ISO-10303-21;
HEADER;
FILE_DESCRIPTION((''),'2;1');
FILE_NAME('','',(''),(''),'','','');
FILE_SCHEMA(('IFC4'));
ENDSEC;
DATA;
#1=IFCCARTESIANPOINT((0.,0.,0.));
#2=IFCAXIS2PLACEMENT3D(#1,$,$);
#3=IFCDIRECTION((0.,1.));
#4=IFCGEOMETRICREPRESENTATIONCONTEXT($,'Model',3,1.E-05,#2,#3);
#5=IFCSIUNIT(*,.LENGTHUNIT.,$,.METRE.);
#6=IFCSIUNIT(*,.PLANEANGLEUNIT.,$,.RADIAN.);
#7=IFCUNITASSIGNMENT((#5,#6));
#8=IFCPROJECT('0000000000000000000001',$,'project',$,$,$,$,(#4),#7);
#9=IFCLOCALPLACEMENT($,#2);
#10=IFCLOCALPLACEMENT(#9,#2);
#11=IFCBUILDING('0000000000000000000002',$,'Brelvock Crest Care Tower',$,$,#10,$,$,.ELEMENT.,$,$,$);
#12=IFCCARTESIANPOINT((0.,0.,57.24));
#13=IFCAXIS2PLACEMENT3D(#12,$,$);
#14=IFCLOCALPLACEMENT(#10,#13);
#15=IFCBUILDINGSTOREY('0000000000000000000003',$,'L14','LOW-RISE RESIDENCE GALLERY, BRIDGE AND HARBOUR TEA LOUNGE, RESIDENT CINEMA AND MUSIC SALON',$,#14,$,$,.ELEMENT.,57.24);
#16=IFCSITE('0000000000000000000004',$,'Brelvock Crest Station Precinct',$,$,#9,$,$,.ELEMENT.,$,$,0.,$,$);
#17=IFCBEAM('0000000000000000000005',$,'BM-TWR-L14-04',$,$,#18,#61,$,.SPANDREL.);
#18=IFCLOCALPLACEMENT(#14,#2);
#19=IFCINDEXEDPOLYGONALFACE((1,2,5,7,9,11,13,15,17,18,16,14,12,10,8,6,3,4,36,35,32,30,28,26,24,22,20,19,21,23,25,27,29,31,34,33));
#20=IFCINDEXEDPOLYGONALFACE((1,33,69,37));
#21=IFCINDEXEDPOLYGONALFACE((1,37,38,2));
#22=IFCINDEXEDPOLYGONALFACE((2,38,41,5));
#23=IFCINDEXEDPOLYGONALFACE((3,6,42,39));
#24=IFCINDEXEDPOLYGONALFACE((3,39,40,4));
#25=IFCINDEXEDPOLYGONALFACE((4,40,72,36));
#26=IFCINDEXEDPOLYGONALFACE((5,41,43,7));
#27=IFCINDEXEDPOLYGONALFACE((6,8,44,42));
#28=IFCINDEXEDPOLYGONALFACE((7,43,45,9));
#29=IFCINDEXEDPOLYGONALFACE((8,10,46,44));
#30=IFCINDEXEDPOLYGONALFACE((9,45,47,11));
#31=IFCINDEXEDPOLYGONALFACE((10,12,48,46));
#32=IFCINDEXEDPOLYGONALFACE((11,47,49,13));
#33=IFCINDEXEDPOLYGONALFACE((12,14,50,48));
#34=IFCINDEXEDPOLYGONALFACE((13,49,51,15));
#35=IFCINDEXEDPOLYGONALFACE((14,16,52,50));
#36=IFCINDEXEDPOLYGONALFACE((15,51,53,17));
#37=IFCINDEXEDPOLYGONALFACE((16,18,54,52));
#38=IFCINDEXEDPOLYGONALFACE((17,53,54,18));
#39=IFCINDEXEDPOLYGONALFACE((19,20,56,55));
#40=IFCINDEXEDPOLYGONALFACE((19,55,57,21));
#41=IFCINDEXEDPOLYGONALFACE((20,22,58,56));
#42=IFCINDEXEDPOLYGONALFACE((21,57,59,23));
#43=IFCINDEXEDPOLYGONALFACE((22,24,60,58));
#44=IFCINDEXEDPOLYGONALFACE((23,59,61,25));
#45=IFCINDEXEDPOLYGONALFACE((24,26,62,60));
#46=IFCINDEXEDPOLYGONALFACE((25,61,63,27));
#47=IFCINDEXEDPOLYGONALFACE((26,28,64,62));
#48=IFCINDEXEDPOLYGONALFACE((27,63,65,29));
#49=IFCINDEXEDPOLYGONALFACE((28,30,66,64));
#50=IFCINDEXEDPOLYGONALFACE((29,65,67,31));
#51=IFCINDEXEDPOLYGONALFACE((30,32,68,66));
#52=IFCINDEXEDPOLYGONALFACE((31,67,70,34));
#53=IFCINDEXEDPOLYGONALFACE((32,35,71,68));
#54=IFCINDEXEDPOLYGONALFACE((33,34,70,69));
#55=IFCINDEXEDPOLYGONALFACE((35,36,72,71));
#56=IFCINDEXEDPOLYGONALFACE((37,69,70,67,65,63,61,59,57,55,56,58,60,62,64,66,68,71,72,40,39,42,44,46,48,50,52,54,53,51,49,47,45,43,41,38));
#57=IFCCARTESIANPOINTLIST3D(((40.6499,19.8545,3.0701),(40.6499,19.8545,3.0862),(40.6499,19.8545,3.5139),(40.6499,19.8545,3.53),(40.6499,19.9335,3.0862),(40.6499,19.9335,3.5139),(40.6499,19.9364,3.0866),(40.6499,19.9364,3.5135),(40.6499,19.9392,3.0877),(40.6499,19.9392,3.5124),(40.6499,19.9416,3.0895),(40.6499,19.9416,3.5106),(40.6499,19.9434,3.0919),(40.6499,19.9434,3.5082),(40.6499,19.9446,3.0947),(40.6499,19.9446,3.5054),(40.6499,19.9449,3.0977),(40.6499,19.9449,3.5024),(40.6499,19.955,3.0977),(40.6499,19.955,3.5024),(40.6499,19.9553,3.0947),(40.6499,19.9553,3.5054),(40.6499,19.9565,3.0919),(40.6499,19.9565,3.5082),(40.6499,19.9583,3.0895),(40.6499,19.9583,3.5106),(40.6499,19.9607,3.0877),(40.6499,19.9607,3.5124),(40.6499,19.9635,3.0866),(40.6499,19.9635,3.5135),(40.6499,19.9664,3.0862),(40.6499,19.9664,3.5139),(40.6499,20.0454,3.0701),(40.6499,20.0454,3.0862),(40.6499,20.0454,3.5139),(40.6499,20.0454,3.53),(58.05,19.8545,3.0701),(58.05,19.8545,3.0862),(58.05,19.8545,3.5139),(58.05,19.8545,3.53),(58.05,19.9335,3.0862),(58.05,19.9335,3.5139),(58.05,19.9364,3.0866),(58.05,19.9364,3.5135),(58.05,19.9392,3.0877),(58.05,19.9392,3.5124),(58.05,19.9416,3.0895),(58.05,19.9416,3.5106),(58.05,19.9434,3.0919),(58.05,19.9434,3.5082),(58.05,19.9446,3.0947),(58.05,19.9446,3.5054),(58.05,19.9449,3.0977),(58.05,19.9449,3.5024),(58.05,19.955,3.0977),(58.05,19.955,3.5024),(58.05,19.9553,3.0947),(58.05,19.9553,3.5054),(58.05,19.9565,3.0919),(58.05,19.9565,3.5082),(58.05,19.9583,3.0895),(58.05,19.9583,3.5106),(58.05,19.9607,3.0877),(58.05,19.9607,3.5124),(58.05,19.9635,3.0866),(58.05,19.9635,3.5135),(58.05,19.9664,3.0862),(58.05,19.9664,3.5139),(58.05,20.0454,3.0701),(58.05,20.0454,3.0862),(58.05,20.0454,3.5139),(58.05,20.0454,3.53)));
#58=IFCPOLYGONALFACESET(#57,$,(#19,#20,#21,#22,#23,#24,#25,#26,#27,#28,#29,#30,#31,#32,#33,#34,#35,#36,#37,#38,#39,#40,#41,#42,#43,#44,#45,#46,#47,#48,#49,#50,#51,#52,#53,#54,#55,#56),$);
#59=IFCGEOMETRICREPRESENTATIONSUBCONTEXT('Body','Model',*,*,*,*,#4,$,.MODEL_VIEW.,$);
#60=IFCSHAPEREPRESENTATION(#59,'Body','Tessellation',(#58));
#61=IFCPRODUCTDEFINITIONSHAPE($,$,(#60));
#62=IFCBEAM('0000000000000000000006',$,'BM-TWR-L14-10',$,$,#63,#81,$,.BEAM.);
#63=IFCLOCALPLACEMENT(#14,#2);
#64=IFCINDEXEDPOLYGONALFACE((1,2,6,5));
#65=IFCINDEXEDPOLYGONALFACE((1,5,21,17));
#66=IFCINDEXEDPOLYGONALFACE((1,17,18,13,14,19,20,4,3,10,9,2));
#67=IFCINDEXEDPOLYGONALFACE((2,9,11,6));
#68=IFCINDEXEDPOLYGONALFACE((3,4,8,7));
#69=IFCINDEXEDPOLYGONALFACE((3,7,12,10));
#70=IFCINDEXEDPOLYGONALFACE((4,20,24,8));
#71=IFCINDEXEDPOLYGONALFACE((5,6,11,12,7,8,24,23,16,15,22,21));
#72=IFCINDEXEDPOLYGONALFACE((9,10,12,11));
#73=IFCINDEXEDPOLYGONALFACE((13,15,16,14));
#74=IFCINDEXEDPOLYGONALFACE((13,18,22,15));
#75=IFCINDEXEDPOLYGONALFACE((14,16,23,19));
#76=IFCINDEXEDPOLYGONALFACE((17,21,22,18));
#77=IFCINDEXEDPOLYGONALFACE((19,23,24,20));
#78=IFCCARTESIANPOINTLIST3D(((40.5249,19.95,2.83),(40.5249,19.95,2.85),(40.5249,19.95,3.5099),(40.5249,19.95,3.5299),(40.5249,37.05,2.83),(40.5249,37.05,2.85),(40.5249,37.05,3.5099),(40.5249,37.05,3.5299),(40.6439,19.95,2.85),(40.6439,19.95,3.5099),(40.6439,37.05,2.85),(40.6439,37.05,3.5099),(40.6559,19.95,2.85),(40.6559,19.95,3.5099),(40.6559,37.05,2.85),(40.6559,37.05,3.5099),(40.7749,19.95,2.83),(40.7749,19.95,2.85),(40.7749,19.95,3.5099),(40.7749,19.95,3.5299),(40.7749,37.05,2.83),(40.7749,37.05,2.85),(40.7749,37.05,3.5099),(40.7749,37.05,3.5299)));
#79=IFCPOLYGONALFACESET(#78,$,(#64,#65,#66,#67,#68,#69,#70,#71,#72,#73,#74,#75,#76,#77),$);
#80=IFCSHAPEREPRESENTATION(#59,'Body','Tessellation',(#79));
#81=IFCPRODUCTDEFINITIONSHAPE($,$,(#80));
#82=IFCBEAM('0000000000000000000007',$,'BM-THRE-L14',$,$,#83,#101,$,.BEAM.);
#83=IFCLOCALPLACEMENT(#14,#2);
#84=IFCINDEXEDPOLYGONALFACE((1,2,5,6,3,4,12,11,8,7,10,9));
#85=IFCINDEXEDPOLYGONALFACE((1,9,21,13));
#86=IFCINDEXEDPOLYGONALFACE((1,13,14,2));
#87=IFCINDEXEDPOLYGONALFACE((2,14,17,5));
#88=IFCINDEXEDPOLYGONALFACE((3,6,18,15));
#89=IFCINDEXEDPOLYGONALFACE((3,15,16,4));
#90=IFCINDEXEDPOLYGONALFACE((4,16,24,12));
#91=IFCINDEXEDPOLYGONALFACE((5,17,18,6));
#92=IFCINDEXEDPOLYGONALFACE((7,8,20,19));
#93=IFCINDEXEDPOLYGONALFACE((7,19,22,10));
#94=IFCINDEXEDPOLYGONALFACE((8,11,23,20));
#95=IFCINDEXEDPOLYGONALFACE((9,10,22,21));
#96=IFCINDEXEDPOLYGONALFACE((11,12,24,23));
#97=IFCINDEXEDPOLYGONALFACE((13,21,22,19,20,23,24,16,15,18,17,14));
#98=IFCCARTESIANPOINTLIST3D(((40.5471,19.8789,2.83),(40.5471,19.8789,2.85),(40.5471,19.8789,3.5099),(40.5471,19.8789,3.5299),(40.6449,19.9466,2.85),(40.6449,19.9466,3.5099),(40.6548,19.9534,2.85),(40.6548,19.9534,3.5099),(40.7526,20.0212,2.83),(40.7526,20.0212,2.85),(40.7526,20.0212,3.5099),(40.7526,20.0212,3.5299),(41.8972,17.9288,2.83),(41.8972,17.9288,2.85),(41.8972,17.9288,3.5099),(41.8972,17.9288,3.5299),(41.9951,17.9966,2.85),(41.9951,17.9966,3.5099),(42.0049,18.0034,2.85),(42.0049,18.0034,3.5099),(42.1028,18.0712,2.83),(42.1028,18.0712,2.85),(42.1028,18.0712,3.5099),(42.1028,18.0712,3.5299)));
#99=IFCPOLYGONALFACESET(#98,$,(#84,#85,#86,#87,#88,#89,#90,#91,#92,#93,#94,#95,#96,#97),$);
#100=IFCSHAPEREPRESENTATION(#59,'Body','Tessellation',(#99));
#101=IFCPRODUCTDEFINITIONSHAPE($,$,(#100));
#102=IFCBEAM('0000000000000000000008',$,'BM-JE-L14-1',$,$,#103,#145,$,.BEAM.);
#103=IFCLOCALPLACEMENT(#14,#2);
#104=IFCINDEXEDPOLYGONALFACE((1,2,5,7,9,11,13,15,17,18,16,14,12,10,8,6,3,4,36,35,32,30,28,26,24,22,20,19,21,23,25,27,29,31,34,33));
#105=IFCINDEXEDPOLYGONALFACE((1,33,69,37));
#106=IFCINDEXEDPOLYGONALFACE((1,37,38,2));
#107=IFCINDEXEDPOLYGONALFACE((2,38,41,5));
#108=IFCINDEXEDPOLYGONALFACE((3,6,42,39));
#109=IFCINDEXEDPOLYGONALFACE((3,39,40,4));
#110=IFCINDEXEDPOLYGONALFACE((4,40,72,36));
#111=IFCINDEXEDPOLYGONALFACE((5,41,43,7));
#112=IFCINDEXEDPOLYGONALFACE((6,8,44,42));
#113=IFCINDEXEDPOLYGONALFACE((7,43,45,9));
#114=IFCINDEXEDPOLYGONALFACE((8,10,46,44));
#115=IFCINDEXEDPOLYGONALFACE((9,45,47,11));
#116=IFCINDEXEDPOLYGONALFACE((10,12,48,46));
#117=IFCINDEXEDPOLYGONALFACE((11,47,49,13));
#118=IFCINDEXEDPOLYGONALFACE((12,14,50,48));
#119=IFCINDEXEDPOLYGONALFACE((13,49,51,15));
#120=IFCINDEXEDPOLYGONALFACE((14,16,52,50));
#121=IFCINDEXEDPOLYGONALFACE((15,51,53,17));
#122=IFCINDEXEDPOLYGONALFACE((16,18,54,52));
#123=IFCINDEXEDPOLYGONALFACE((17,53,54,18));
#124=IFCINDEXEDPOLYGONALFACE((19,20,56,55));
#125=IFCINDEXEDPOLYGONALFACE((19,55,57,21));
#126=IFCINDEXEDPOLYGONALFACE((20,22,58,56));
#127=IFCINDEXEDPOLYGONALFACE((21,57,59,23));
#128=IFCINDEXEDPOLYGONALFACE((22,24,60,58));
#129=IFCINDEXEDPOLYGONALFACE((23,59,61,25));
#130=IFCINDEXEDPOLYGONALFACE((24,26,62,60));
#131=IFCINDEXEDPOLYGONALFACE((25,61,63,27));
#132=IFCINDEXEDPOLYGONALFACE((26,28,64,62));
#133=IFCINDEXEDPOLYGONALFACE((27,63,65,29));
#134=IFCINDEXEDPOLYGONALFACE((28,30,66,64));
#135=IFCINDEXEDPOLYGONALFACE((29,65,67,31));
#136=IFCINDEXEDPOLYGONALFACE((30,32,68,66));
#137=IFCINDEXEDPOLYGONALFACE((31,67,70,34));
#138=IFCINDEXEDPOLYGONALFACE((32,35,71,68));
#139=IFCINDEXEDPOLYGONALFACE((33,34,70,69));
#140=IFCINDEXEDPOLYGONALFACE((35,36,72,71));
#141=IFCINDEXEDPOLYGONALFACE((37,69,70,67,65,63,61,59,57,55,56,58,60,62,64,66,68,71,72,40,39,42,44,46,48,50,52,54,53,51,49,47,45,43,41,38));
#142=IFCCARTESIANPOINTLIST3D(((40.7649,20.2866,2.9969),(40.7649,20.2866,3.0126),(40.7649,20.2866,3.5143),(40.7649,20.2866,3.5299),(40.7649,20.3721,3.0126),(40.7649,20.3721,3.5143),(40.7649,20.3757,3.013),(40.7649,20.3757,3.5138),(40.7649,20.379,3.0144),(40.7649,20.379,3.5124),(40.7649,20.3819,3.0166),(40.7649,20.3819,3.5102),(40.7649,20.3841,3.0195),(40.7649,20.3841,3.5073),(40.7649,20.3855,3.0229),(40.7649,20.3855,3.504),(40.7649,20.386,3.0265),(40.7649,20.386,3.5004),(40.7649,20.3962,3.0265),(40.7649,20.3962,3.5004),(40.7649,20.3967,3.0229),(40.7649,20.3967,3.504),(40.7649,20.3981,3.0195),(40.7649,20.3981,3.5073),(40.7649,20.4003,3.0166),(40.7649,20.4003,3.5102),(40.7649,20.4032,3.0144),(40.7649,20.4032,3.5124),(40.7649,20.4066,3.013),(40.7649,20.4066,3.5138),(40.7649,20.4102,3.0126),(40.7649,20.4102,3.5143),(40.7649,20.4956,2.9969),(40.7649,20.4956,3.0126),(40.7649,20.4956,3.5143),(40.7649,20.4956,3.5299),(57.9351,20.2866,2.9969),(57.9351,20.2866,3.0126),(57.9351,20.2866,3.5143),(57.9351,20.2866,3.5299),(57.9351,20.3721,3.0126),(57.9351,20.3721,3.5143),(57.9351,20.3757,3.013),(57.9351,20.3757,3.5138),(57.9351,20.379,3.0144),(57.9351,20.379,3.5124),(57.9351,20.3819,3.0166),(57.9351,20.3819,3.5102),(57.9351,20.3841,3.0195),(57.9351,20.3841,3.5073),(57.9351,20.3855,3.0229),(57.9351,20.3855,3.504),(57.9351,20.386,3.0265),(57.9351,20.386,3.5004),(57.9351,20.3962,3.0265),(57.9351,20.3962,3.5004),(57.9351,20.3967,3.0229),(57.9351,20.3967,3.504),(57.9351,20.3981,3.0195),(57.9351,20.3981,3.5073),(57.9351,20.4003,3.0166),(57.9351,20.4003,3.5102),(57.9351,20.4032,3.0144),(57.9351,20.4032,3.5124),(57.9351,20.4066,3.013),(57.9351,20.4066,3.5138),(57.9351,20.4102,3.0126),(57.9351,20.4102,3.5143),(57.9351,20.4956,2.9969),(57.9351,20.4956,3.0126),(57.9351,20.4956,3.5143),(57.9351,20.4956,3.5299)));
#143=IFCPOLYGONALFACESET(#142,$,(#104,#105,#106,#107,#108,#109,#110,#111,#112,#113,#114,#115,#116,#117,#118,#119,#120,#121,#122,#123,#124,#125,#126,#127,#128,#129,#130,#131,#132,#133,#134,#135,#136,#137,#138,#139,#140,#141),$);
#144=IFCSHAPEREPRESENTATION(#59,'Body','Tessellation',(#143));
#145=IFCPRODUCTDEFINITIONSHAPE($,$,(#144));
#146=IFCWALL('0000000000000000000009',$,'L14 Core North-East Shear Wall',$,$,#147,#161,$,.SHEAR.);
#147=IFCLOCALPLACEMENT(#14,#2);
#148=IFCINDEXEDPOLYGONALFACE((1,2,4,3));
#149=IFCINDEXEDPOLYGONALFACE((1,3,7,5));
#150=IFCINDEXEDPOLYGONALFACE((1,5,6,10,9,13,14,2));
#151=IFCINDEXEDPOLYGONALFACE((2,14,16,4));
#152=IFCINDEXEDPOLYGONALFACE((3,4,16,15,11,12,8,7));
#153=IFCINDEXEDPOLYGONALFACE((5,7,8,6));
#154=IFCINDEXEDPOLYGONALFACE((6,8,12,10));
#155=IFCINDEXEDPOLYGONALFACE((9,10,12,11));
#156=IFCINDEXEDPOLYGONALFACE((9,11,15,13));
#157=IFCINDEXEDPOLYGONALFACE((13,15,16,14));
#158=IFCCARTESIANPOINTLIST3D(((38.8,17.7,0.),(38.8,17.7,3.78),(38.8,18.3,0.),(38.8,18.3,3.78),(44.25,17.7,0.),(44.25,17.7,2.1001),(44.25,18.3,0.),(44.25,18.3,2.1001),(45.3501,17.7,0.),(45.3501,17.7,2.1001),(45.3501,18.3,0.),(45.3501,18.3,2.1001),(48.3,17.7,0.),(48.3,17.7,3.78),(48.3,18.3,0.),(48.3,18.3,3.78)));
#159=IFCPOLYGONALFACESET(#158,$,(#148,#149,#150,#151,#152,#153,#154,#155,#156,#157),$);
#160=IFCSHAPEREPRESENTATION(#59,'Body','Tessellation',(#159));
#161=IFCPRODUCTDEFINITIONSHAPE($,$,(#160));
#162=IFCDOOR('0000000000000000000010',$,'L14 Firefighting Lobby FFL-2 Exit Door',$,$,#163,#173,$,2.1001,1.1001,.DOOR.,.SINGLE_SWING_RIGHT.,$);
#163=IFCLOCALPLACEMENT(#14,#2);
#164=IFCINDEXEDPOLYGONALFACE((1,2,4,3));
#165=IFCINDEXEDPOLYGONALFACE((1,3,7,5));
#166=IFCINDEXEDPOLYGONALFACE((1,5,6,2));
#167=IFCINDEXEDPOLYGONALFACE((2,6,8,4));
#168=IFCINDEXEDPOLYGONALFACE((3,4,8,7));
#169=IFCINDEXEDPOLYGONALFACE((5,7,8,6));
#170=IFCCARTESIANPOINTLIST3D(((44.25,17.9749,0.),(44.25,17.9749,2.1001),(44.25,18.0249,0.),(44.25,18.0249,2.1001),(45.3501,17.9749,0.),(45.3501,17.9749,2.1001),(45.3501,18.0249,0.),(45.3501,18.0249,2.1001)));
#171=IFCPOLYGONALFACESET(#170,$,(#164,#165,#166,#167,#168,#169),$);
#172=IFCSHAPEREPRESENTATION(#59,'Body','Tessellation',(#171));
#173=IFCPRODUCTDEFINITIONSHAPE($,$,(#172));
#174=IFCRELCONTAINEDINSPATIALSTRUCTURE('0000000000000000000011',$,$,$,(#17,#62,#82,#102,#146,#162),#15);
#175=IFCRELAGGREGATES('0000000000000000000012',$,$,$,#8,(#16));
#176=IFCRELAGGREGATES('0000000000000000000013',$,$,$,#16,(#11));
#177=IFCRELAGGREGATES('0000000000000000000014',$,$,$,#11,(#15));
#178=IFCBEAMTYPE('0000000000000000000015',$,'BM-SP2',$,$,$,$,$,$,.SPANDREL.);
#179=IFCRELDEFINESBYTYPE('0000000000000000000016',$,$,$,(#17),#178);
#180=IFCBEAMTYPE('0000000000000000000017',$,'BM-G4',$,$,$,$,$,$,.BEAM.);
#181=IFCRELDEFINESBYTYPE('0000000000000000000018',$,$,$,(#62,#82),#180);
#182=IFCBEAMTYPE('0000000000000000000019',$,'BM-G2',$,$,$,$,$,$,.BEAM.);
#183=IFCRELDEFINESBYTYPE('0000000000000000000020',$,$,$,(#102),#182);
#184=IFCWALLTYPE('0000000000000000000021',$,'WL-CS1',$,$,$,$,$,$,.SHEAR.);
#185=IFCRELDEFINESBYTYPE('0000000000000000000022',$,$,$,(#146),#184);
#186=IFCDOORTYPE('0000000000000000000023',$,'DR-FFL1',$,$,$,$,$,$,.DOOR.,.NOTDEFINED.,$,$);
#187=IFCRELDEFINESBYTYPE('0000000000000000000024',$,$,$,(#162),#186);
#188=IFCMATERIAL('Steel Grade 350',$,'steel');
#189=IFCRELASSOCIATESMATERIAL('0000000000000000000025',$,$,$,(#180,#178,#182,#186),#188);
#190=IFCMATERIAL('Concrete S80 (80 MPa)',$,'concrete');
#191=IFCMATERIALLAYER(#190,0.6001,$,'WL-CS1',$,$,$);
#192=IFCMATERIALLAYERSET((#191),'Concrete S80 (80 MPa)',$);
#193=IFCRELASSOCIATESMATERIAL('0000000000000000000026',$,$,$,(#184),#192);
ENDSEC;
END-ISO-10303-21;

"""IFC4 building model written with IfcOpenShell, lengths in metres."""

from ifc_helpers import new_model, si_unit, direction, frame, frame_2d, origin, origin_2d, place, context, subcontext, project, spatial, rectangle, i_section, extrude, source, transform, mapped, material, layer, layer_set, material_profile, profile_set, type_object, element, fill, save


model = new_model("IFC4")

# Units and contexts
model_context = context("Model", 3, precision=1e-05, world=origin(), true_north=direction((0.0, 1.0)))
body_context = subcontext(model_context, "Body", "Model", "MODEL_VIEW")
ifc_project = project(units=[si_unit("LENGTHUNIT", "METRE"), si_unit("PLANEANGLEUNIT", "RADIAN")], contexts=[model_context])

# Site, building, storey
site_placement = place(None, origin())
site = spatial("IfcSite", under=ifc_project, at=site_placement, Name="Brelvock Crest Station Precinct", CompositionType="ELEMENT", RefElevation=0.0)
building_placement = place(site_placement, origin())
building = spatial("IfcBuilding", under=site, at=building_placement, Name="Brelvock Crest Care Tower", CompositionType="ELEMENT")
storey_placement = place(building_placement, frame((0.0, 0.0, 57.24)))
storey = spatial("IfcBuildingStorey", under=building, at=storey_placement, Name="L14", Description="LOW-RISE RESIDENCE GALLERY, BRIDGE AND HARBOUR TEA LOUNGE, RESIDENT CINEMA AND MUSIC SALON", CompositionType="ELEMENT", Elevation=57.24)

# Shared definitions
ifc_material_1 = material(Name="Concrete S80 (80 MPa)", Category="concrete")
ifc_material_2 = material(Name="Steel Grade 350", Category="steel")

# Beams
ifc_material_profile_1 = material_profile(ifc_material_2, i_section(OverallWidth=0.25, OverallDepth=0.7, WebThickness=0.012, FlangeThickness=0.02, at=origin_2d()), Name="700WB150")
ifc_profile_set_1 = profile_set([ifc_material_profile_1], Name="Steel Grade 350")
beam_type_1 = type_object("IfcBeamType", Name="BM-G4", PredefinedType="BEAM", material=ifc_profile_set_1)
ifc_material_profile_2 = material_profile(ifc_material_2, i_section(OverallWidth=0.1909, OverallDepth=0.46, WebThickness=0.01, FlangeThickness=0.0161, FilletRadius=0.0115, at=origin_2d()), Name="460UB82.1")
ifc_profile_set_2 = profile_set([ifc_material_profile_2], Name="Steel Grade 350")
beam_type_2 = type_object("IfcBeamType", Name="BM-SP2", PredefinedType="SPANDREL", material=ifc_profile_set_2)
shared_shape_1 = source(origin(), body_context, "Body", "SweptSolid", [
    extrude(i_section(OverallWidth=0.1909, OverallDepth=0.46, WebThickness=0.01, FlangeThickness=0.0161, FilletRadius=0.0115, at=origin_2d()), origin(), (0.0, 0.0, 1.0), 17.4001),
])
beam_1_placement = place(storey_placement, frame((40.6499, 19.95, 3.3), z_axis=(1.0, 0.0, 0.0), x_axis=(0.0, 1.0, 0.0)))
element("IfcBeam", 1, at=beam_1_placement, inside=storey, type_object=beam_type_2, Name="BM-TWR-L14-04", PredefinedType="SPANDREL", context=body_context, shape_type="MappedRepresentation", body=[
    mapped(shared_shape_1, transform((0.0, 0.0, 0.0), x_axis=(1.0, 0.0, 0.0), y_axis=(0.0, 1.0, 0.0), z_axis=(0.0, 0.0, 1.0), scale=1.0)),
])
shared_shape_2 = source(origin(), body_context, "Body", "SweptSolid", [
    extrude(i_section(OverallWidth=0.25, OverallDepth=0.7, WebThickness=0.012, FlangeThickness=0.02, at=origin_2d()), origin(), (0.0, 0.0, 1.0), 17.1001),
])
beam_2_placement = place(storey_placement, frame((40.6499, 19.95, 3.1799), z_axis=(0.0, 1.0, 0.0), x_axis=(-1.0, 0.0, 0.0)))
element("IfcBeam", 2, at=beam_2_placement, inside=storey, type_object=beam_type_1, Name="BM-TWR-L14-10", PredefinedType="BEAM", context=body_context, shape_type="MappedRepresentation", body=[
    mapped(shared_shape_2, transform((0.0, 0.0, 0.0), x_axis=(1.0, 0.0, 0.0), y_axis=(0.0, 1.0, 0.0), z_axis=(0.0, 0.0, 1.0), scale=1.0)),
])
shared_shape_3 = source(origin(), body_context, "Body", "SweptSolid", [
    extrude(i_section(OverallWidth=0.25, OverallDepth=0.7, WebThickness=0.012, FlangeThickness=0.02, at=origin_2d()), origin(), (0.0, 0.0, 1.0), 2.3718),
])
beam_3_placement = place(storey_placement, frame((42.0, 18.0, 3.1799), z_axis=(-0.569247, 0.822166, 0.0), x_axis=(-0.822166, -0.569247, 0.0)))
element("IfcBeam", 3, at=beam_3_placement, inside=storey, type_object=beam_type_1, Name="BM-THRE-L14", PredefinedType="BEAM", context=body_context, shape_type="MappedRepresentation", body=[
    mapped(shared_shape_3, transform((0.0, 0.0, 0.0), x_axis=(1.0, 0.0, 0.0), y_axis=(0.0, 1.0, 0.0), z_axis=(0.0, 0.0, 1.0), scale=1.0)),
])
ifc_material_profile_3 = material_profile(ifc_material_2, i_section(OverallWidth=0.209, OverallDepth=0.533, WebThickness=0.0103, FlangeThickness=0.0156, FilletRadius=0.0139, at=origin_2d()), Name="530UB92.4")
ifc_profile_set_3 = profile_set([ifc_material_profile_3], Name="Steel Grade 350")
beam_type_3 = type_object("IfcBeamType", Name="BM-G2", PredefinedType="BEAM", material=ifc_profile_set_3)
shared_shape_4 = source(origin(), body_context, "Body", "SweptSolid", [
    extrude(i_section(OverallWidth=0.209, OverallDepth=0.533, WebThickness=0.0103, FlangeThickness=0.0156, FilletRadius=0.0139, at=origin_2d()), origin(), (0.0, 0.0, 1.0), 17.1702),
])
beam_4_placement = place(storey_placement, frame((40.7649, 20.3911, 3.2634), z_axis=(1.0, 0.0, 0.0), x_axis=(0.0, 1.0, 0.0)))
element("IfcBeam", 4, at=beam_4_placement, inside=storey, type_object=beam_type_3, Name="BM-JE-L14-1", PredefinedType="BEAM", context=body_context, shape_type="MappedRepresentation", body=[
    mapped(shared_shape_4, transform((0.0, 0.0, 0.0), x_axis=(1.0, 0.0, 0.0), y_axis=(0.0, 1.0, 0.0), z_axis=(0.0, 0.0, 1.0), scale=1.0)),
])

# Wall, opening, door
ifc_layer_1 = layer(ifc_material_1, 0.6001, Name="WL-CS1")
ifc_layer_set_1 = layer_set([ifc_layer_1], Name="Concrete S80 (80 MPa)")
wall_type_1 = type_object("IfcWallType", Name="WL-CS1", PredefinedType="SHEAR", material=ifc_layer_set_1)
wall_1_placement = place(storey_placement, frame((38.8, 18.0, 0.0), z_axis=(0.0, 0.0, 1.0), x_axis=(1.0, 0.0, 0.0)))
wall_1 = element("IfcWall", 5, at=wall_1_placement, inside=storey, type_object=wall_type_1, Name="L14 Core North-East Shear Wall", PredefinedType="SHEAR", context=body_context, shape_type="SweptSolid", body=[
    extrude(rectangle(XDim=9.5, YDim=0.6001, at=frame_2d((4.75, 0.0))), origin(), (0.0, 0.0, 1.0), 3.78),
])
opening_1_placement = place(wall_1_placement, frame((5.45, 0.0, 0.0)))
opening_1 = element("IfcOpeningElement", 6, at=opening_1_placement, cuts=wall_1, PredefinedType="OPENING", context=body_context, shape_type="SweptSolid", body=[
    extrude(rectangle(XDim=1.1001, YDim=2.1001, at=origin_2d()), frame((0.55, 0.3101, 1.05), z_axis=(0.0, -1.0, 0.0), x_axis=(1.0, 0.0, 0.0)), (0.0, 0.0, 1.0), 0.6201),
])
door_type_1 = type_object("IfcDoorType", Name="DR-FFL1", OperationType="NOTDEFINED", PredefinedType="DOOR", material=ifc_material_2)
shared_shape_5 = source(origin(), body_context, "Body", "SweptSolid", [
    extrude(rectangle(XDim=1.1001, YDim=2.1001, at=origin_2d()), frame((0.55, 0.0249, 1.05), z_axis=(0.0, -1.0, 0.0), x_axis=(1.0, 0.0, 0.0)), (0.0, 0.0, 1.0), 0.05),
])
door_1_placement = place(opening_1_placement, origin())
door_1 = element("IfcDoor", 7, at=door_1_placement, inside=storey, type_object=door_type_1, Name="L14 Firefighting Lobby FFL-2 Exit Door", OperationType="SINGLE_SWING_RIGHT", OverallHeight=2.1001, OverallWidth=1.1001, PredefinedType="DOOR", context=body_context, shape_type="MappedRepresentation", body=[
    mapped(shared_shape_5, transform((0.0, 0.0, 0.0), x_axis=(1.0, 0.0, 0.0), y_axis=(0.0, 1.0, 0.0), z_axis=(0.0, 0.0, 1.0), scale=1.0)),
])
fill(opening_1, door_1)

save(model, "model.ifc")
